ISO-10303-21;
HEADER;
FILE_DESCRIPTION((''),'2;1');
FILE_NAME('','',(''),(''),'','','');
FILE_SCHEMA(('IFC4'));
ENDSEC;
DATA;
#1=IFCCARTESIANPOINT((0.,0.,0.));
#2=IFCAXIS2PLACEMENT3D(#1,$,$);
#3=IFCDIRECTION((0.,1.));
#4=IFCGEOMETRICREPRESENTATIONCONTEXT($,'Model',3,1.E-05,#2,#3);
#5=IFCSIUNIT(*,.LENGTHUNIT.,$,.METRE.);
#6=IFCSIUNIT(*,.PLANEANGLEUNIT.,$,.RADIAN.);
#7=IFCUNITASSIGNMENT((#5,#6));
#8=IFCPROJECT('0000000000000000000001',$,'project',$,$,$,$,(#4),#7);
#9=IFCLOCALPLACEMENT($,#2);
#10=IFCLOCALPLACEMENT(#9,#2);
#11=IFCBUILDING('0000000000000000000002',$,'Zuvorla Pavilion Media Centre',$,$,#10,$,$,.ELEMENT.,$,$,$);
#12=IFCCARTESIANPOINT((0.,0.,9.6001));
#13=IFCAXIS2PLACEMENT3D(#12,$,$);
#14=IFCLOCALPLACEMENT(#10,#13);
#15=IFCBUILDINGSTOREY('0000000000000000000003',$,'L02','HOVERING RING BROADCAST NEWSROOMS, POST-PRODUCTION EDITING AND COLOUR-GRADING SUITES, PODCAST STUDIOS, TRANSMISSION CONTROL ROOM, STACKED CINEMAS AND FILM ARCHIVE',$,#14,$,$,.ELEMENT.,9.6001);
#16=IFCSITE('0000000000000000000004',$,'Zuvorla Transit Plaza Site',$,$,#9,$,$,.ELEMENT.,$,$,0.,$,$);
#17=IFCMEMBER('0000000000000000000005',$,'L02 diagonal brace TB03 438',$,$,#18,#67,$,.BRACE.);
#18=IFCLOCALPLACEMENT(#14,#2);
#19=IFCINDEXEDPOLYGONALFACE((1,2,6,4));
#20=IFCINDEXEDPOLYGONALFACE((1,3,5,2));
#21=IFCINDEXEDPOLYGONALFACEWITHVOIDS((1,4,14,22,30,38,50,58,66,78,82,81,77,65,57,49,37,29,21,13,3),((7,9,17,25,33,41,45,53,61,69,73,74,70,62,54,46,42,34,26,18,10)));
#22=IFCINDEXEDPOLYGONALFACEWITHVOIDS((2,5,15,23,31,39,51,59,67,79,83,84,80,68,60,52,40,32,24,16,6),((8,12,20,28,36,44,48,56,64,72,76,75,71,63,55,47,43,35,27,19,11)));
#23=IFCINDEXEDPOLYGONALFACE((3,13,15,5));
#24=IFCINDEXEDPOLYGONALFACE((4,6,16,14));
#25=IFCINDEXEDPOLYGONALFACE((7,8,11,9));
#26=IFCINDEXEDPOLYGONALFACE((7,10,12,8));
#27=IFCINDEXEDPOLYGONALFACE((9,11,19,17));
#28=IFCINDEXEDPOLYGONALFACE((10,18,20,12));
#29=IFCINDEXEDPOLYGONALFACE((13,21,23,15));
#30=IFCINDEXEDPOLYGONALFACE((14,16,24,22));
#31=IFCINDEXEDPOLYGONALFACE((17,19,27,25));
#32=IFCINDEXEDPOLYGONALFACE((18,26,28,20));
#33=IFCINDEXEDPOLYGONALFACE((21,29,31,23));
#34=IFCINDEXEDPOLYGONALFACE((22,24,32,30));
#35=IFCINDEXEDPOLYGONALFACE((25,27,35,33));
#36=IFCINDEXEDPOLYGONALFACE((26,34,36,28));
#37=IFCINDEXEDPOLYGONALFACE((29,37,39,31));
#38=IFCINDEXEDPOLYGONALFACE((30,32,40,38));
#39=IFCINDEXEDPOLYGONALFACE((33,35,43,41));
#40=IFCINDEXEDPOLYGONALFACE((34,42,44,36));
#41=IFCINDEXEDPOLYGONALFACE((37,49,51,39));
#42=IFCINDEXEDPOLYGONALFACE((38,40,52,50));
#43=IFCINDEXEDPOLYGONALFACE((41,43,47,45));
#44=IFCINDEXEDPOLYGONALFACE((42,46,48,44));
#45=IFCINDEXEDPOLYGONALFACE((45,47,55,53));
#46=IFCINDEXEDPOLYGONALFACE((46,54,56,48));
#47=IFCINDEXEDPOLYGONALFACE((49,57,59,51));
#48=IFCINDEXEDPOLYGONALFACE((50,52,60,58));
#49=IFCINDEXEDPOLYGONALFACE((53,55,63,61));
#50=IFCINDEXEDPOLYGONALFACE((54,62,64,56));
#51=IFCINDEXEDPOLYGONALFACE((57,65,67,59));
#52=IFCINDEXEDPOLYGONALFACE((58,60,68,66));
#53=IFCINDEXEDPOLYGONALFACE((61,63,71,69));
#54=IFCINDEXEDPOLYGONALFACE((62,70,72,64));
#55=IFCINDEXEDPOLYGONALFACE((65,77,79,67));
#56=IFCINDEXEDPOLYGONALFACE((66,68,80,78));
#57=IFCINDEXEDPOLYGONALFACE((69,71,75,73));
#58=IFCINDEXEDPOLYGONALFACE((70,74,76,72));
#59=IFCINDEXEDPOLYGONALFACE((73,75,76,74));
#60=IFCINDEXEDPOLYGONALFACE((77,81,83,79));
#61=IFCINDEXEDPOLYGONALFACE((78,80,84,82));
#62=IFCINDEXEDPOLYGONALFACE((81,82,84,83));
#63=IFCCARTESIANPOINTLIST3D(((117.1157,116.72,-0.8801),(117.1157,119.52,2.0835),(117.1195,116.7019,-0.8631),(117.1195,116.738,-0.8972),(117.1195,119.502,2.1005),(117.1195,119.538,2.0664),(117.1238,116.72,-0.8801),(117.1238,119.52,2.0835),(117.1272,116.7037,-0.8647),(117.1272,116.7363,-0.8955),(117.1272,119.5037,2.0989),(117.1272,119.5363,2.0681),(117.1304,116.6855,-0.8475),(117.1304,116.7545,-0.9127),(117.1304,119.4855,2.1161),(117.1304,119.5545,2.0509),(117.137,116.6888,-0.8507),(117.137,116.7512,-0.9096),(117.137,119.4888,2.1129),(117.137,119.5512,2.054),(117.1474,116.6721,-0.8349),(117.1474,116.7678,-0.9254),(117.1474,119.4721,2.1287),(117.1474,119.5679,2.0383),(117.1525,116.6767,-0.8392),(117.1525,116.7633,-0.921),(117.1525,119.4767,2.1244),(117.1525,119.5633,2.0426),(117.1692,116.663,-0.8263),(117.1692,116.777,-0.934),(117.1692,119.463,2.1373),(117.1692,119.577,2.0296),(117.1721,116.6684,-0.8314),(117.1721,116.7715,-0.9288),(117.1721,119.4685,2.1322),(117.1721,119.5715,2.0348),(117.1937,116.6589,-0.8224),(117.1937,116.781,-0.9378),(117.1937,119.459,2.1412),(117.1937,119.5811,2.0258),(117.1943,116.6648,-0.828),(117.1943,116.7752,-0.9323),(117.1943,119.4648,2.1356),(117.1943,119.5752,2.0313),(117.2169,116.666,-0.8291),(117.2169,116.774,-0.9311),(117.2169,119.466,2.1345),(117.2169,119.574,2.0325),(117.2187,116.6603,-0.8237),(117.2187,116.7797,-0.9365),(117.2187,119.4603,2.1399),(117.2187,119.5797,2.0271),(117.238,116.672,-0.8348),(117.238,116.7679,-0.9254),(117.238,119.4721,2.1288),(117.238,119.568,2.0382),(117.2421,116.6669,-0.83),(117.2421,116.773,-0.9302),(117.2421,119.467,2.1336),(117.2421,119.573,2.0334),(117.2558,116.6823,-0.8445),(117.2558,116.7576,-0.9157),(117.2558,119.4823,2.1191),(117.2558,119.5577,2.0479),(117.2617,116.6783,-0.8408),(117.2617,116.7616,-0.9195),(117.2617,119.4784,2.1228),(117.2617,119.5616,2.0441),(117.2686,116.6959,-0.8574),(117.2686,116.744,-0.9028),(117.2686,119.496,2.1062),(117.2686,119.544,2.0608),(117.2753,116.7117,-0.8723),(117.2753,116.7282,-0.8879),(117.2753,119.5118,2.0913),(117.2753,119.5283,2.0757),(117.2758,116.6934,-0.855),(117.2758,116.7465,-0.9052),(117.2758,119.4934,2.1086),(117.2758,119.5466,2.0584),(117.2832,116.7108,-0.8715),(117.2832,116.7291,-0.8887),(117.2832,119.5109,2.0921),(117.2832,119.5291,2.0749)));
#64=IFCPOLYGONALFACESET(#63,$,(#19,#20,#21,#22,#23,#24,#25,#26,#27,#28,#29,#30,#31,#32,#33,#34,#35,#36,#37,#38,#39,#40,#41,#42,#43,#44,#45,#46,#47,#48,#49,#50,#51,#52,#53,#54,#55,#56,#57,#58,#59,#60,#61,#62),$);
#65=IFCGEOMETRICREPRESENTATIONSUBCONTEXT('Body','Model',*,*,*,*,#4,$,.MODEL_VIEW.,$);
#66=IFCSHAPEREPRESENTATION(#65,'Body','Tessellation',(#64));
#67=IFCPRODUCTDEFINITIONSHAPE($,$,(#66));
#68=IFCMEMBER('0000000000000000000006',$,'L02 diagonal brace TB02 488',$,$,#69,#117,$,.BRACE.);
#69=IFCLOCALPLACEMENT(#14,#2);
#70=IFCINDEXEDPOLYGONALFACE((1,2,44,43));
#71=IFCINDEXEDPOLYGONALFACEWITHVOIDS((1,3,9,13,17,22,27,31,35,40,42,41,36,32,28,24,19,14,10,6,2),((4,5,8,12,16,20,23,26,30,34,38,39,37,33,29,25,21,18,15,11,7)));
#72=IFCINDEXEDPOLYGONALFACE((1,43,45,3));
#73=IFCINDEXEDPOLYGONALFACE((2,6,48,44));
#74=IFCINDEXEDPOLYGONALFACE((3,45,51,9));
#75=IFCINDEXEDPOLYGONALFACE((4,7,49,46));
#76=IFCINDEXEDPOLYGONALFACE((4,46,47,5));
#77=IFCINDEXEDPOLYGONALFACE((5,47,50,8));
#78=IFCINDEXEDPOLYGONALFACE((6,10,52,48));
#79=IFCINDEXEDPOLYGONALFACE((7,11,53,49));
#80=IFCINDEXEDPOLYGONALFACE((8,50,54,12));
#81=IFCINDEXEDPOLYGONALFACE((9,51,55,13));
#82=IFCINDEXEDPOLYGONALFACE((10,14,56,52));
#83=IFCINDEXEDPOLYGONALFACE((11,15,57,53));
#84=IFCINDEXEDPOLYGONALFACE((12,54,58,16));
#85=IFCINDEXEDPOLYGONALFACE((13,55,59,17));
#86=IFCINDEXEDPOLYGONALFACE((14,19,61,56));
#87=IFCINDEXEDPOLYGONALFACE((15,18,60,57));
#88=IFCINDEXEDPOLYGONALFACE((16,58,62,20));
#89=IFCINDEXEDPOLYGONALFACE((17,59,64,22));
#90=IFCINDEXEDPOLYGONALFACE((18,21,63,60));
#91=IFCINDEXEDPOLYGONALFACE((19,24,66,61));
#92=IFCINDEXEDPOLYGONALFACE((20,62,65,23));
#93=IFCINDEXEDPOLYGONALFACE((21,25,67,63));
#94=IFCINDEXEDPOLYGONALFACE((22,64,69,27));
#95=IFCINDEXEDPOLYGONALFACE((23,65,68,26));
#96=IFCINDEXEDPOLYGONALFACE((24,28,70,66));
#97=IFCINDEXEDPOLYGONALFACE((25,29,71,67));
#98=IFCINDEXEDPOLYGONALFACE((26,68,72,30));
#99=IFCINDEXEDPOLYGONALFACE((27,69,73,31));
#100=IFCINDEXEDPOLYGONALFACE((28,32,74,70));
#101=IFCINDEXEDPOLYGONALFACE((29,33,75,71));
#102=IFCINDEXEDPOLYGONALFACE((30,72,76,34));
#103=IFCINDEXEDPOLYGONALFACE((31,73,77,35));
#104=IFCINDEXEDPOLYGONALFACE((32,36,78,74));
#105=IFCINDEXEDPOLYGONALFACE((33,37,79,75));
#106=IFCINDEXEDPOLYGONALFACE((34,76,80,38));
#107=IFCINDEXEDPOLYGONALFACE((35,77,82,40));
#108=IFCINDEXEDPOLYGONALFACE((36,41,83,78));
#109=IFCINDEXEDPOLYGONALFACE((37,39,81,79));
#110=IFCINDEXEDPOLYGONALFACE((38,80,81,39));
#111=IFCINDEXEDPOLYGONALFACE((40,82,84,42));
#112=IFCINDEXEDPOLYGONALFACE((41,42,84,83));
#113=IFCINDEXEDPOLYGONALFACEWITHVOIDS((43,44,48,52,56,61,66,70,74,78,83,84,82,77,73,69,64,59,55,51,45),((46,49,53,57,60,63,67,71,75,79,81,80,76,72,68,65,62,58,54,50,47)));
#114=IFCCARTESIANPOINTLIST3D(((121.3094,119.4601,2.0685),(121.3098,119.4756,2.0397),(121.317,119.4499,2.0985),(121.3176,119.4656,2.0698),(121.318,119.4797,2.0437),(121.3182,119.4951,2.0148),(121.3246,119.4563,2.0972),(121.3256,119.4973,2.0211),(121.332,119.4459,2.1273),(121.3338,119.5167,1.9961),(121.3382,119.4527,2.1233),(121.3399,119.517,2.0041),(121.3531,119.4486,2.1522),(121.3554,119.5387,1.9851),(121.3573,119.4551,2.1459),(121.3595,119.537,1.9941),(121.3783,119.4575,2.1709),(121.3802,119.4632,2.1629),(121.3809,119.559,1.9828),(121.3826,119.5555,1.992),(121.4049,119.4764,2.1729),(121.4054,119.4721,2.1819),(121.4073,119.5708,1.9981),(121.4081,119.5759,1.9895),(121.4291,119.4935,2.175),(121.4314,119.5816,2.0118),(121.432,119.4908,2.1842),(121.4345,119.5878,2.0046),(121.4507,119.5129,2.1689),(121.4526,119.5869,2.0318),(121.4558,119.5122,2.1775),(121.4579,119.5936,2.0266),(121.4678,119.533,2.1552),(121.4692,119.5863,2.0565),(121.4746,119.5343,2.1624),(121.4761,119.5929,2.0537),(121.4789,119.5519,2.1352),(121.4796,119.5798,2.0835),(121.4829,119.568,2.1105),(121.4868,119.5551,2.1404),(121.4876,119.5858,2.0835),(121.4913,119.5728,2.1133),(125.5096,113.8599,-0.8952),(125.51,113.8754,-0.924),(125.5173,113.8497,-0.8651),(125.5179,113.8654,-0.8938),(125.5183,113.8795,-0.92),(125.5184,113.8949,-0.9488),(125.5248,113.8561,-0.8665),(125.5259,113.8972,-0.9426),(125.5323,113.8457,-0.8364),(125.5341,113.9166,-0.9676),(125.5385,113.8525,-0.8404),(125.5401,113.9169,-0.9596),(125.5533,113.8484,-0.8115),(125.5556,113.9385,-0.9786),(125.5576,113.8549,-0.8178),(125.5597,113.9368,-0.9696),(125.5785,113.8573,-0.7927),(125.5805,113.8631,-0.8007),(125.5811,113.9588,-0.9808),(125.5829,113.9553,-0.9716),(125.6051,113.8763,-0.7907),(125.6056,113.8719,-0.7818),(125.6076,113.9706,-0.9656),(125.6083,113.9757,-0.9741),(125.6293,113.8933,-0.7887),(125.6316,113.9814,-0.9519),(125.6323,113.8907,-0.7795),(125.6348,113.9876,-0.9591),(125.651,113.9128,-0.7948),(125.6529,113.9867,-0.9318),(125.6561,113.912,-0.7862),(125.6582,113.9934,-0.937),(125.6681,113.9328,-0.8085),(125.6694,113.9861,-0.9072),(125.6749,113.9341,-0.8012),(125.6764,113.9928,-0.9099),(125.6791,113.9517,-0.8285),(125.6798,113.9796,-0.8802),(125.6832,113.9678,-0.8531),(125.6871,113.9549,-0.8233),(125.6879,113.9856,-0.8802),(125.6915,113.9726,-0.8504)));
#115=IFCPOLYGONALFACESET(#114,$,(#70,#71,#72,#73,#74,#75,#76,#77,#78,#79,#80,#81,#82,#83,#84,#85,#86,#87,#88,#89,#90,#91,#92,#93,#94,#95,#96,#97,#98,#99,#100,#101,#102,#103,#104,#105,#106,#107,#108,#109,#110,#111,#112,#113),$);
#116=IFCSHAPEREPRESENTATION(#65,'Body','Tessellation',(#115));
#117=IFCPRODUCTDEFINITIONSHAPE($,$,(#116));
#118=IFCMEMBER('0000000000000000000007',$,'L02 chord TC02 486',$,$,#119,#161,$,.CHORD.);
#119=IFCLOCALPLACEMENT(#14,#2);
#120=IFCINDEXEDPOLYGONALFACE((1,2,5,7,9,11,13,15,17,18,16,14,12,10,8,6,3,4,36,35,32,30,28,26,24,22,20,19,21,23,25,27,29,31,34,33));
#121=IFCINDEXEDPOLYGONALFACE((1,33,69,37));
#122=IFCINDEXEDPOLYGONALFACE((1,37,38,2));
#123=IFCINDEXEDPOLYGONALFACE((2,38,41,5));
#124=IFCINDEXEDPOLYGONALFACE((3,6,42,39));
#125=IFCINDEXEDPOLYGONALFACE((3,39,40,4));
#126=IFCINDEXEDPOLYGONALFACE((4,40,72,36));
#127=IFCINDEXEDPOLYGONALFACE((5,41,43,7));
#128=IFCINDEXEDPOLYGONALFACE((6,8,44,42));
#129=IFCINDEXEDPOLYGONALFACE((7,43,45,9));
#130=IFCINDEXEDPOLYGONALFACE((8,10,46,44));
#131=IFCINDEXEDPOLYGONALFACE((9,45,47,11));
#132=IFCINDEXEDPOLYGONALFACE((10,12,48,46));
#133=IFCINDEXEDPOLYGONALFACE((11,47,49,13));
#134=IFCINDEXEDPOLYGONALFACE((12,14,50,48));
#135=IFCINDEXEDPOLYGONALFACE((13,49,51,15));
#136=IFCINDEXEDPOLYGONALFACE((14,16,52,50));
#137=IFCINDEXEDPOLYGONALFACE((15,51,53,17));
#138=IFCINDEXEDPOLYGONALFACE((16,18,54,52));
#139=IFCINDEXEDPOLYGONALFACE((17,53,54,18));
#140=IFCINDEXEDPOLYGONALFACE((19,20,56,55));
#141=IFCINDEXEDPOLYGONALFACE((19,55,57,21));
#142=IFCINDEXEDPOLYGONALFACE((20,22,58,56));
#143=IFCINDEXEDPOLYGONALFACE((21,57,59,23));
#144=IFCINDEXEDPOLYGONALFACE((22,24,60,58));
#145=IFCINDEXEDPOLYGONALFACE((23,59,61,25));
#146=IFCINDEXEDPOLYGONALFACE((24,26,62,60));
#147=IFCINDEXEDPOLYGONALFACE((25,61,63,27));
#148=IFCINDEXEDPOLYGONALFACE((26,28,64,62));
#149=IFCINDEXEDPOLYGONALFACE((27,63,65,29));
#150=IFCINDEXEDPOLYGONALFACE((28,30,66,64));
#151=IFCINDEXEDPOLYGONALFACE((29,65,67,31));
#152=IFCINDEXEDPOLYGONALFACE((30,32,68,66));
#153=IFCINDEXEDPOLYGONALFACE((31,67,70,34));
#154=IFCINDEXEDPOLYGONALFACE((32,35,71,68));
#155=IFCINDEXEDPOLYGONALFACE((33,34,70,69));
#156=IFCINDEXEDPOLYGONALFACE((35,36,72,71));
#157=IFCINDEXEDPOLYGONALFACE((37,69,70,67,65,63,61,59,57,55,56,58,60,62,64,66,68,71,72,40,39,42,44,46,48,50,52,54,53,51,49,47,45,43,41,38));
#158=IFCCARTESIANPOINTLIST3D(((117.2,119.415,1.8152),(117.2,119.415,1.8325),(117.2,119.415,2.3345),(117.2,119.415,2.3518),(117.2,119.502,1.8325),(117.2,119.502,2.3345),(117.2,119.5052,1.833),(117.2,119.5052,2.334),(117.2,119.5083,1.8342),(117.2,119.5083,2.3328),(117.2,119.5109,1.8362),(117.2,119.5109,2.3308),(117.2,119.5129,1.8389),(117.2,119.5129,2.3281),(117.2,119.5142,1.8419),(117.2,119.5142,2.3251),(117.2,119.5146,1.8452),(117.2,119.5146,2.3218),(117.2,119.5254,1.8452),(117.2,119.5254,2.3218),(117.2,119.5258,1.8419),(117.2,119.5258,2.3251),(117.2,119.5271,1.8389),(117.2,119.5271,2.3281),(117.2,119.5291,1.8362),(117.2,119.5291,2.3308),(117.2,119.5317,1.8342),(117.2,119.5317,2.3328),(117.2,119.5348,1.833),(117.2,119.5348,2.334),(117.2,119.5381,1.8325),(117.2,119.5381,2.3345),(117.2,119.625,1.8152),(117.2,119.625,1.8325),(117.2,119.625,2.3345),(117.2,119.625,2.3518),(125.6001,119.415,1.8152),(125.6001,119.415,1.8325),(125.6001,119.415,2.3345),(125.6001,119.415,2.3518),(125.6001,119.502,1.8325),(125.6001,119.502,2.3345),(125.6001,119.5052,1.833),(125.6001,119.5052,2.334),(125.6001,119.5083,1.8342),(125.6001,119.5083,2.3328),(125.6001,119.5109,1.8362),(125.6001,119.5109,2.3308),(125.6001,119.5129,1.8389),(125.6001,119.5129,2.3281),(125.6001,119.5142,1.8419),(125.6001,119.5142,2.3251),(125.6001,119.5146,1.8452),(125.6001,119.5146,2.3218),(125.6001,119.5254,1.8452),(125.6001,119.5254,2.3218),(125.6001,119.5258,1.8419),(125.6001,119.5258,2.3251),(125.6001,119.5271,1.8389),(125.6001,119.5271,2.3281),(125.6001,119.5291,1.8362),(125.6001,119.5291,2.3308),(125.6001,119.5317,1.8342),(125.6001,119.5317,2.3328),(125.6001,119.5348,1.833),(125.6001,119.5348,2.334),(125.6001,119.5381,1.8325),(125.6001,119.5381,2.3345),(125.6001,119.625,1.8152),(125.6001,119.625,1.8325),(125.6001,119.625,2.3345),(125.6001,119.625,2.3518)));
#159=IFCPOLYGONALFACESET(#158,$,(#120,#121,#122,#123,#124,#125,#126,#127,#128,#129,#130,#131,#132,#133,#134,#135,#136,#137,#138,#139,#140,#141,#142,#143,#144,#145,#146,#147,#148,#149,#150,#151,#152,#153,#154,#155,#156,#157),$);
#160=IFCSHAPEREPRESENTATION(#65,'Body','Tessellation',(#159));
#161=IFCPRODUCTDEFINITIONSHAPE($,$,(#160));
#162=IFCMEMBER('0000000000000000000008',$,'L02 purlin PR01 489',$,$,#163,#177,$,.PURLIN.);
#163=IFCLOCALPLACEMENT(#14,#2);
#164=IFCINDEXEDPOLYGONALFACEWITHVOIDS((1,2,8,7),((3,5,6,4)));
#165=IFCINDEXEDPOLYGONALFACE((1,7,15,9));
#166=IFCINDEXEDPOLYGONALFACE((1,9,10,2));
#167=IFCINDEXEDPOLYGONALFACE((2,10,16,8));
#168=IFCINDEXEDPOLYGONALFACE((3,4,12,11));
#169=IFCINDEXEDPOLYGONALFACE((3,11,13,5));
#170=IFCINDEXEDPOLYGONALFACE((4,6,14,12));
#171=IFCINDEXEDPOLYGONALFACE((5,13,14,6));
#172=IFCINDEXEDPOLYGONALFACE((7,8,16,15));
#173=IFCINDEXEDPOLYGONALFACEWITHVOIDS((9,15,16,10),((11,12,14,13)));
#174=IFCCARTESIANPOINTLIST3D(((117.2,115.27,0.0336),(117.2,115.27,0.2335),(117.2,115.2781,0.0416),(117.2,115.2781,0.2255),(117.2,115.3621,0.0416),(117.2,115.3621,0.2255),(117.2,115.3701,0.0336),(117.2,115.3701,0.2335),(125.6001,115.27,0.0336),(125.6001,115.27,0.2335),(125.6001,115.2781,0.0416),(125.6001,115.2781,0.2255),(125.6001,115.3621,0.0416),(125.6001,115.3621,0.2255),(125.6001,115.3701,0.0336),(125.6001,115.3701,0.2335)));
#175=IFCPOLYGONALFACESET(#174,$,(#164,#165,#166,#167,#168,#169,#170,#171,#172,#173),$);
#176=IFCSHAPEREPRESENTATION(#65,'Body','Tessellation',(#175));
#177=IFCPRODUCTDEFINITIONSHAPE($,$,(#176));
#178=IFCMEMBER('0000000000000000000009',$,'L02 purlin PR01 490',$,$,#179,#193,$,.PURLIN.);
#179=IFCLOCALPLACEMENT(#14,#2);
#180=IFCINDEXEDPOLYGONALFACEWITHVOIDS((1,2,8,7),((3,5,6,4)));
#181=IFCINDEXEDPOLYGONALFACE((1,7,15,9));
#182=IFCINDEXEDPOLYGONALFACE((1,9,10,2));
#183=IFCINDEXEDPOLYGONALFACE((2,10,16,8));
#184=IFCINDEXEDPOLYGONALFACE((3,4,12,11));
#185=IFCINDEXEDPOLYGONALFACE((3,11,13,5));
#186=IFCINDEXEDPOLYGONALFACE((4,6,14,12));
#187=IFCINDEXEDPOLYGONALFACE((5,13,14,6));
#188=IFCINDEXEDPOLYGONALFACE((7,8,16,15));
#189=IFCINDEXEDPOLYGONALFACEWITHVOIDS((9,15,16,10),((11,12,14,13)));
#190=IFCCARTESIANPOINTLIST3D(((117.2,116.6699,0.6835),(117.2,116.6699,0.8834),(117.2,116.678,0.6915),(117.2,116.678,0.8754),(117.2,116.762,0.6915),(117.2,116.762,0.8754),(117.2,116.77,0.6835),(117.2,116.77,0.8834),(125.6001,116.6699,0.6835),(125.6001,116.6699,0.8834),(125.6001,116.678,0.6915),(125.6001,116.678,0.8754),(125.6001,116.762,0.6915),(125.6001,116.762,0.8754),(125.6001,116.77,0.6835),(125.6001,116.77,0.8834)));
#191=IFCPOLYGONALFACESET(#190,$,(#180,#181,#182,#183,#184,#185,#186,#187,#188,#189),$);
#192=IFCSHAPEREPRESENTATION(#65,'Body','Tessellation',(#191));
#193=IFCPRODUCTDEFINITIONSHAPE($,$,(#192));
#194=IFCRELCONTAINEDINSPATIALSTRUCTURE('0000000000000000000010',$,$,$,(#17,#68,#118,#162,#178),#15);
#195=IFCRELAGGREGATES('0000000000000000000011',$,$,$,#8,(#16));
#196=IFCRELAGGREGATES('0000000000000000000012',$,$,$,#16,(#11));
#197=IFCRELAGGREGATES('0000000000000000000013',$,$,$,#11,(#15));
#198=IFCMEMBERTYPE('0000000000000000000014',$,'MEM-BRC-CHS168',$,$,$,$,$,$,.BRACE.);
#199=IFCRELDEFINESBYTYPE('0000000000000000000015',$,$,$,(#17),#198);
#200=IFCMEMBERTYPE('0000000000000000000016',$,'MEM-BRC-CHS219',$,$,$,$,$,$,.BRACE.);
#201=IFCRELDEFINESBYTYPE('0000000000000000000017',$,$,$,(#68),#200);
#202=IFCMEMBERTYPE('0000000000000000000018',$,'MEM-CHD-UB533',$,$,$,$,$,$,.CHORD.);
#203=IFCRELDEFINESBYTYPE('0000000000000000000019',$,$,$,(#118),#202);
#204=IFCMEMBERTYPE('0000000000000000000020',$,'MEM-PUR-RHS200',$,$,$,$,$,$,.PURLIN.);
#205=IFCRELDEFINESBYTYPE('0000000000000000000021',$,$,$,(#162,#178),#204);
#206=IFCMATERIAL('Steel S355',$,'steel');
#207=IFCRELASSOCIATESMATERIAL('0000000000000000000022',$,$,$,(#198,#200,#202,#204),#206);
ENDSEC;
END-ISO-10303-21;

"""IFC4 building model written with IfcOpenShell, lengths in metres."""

from ifc_helpers import new_model, si_unit, direction, frame, origin, origin_2d, place, context, subcontext, project, spatial, hollow_rectangle, hollow_circle, i_section, extrude, material, material_profile, profile_set, type_object, element, save


model = new_model("IFC4")

# Units and contexts
model_context = context("Model", 3, precision=1e-05, world=origin(), true_north=direction((0.0, 1.0)))
body_context = subcontext(model_context, "Body", "Model", "MODEL_VIEW")
ifc_project = project(units=[si_unit("LENGTHUNIT", "METRE"), si_unit("PLANEANGLEUNIT", "RADIAN")], contexts=[model_context])

# Site, building, storey
site_placement = place(None, origin())
site = spatial("IfcSite", under=ifc_project, at=site_placement, Name="Zuvorla Transit Plaza Site", CompositionType="ELEMENT", RefElevation=0.0)
building_placement = place(site_placement, origin())
building = spatial("IfcBuilding", under=site, at=building_placement, Name="Zuvorla Pavilion Media Centre", CompositionType="ELEMENT")
storey_placement = place(building_placement, frame((0.0, 0.0, 9.6001)))
storey = spatial("IfcBuildingStorey", under=building, at=storey_placement, Name="L02", Description="HOVERING RING BROADCAST NEWSROOMS, POST-PRODUCTION EDITING AND COLOUR-GRADING SUITES, PODCAST STUDIOS, TRANSMISSION CONTROL ROOM, STACKED CINEMAS AND FILM ARCHIVE", CompositionType="ELEMENT", Elevation=9.6001)

# Members
ifc_material_1 = material(Name="Steel S355", Category="steel")
ifc_material_profile_1 = material_profile(ifc_material_1, hollow_circle(Radius=0.0842, WallThickness=0.0081, at=origin_2d()), Name="CHS 168.3x8")
ifc_profile_set_1 = profile_set([ifc_material_profile_1], Name="Steel S355")
member_type_1 = type_object("IfcMemberType", Name="MEM-BRC-CHS168", PredefinedType="BRACE", material=ifc_profile_set_1)
member_1_placement = place(storey_placement, frame((117.2, 116.72, -0.8801), z_axis=(0.0, 0.686762, 0.726882), x_axis=(-1.0, 0.0, 0.0)))
element("IfcMember", 1, at=member_1_placement, inside=storey, type_object=member_type_1, Name="L02 diagonal brace TB03 438", PredefinedType="BRACE", context=body_context, shape_type="SweptSolid", body=[
    extrude(hollow_circle(Radius=0.0842, WallThickness=0.0081, at=origin_2d()), origin(), (0.0, 0.0, 1.0), 4.0771),
])
ifc_material_profile_2 = material_profile(ifc_material_1, hollow_circle(Radius=0.1096, WallThickness=0.01, at=origin_2d()), Name="CHS 219.1x10")
ifc_profile_set_2 = profile_set([ifc_material_profile_2], Name="Steel S355")
member_type_2 = type_object("IfcMemberType", Name="MEM-BRC-CHS219", PredefinedType="BRACE", material=ifc_profile_set_2)
member_2_placement = place(storey_placement, frame((121.3999, 119.52, 2.0835), z_axis=(0.552534, -0.73669, -0.389863), x_axis=(0.799992, 0.600011, 0.0)))
element("IfcMember", 2, at=member_2_placement, inside=storey, type_object=member_type_2, Name="L02 diagonal brace TB02 488", PredefinedType="BRACE", context=body_context, shape_type="SweptSolid", body=[
    extrude(hollow_circle(Radius=0.1096, WallThickness=0.01, at=origin_2d()), origin(), (0.0, 0.0, 1.0), 7.6018),
])
ifc_material_profile_3 = material_profile(ifc_material_1, i_section(OverallWidth=0.21, OverallDepth=0.5366, WebThickness=0.0107, FlangeThickness=0.0173, FilletRadius=0.0127, at=origin_2d()), Name="UB 533x210x101")
ifc_profile_set_3 = profile_set([ifc_material_profile_3], Name="Steel S355")
member_type_3 = type_object("IfcMemberType", Name="MEM-CHD-UB533", PredefinedType="CHORD", material=ifc_profile_set_3)
member_3_placement = place(storey_placement, frame((117.2, 119.52, 2.0835), z_axis=(1.0, 0.0, 0.0), x_axis=(0.0, 1.0, 0.0)))
element("IfcMember", 3, at=member_3_placement, inside=storey, type_object=member_type_3, Name="L02 chord TC02 486", PredefinedType="CHORD", context=body_context, shape_type="SweptSolid", body=[
    extrude(i_section(OverallWidth=0.21, OverallDepth=0.5366, WebThickness=0.0107, FlangeThickness=0.0173, FilletRadius=0.0127, at=origin_2d()), origin(), (0.0, 0.0, 1.0), 8.4001),
])
ifc_material_profile_4 = material_profile(ifc_material_1, hollow_rectangle(XDim=0.1001, YDim=0.2, WallThickness=0.0081, at=origin_2d()), Name="RHS 200x100x8")
ifc_profile_set_4 = profile_set([ifc_material_profile_4], Name="Steel S355")
member_type_4 = type_object("IfcMemberType", Name="MEM-PUR-RHS200", PredefinedType="PURLIN", material=ifc_profile_set_4)
for number, where, z_axis, x_axis, name in (
    (4, (117.2, 115.3201, 0.1335), (1.0, 0.0, 0.0), (0.0, 1.0, 0.0), "L02 purlin PR01 489"),
    (5, (117.2, 116.72, 0.7834), (1.0, 0.0, 0.0), (0.0, 1.0, 0.0), "L02 purlin PR01 490"),
):
    element("IfcMember", number, at=place(storey_placement, frame(where, z_axis=z_axis, x_axis=x_axis)), inside=storey, type_object=member_type_4, Name=name, PredefinedType="PURLIN", context=body_context, shape_type="SweptSolid", body=[
        extrude(hollow_rectangle(XDim=0.1001, YDim=0.2, WallThickness=0.0081, at=origin_2d()), origin(), (0.0, 0.0, 1.0), 8.4001),
    ])

save(model, "model.ifc")
